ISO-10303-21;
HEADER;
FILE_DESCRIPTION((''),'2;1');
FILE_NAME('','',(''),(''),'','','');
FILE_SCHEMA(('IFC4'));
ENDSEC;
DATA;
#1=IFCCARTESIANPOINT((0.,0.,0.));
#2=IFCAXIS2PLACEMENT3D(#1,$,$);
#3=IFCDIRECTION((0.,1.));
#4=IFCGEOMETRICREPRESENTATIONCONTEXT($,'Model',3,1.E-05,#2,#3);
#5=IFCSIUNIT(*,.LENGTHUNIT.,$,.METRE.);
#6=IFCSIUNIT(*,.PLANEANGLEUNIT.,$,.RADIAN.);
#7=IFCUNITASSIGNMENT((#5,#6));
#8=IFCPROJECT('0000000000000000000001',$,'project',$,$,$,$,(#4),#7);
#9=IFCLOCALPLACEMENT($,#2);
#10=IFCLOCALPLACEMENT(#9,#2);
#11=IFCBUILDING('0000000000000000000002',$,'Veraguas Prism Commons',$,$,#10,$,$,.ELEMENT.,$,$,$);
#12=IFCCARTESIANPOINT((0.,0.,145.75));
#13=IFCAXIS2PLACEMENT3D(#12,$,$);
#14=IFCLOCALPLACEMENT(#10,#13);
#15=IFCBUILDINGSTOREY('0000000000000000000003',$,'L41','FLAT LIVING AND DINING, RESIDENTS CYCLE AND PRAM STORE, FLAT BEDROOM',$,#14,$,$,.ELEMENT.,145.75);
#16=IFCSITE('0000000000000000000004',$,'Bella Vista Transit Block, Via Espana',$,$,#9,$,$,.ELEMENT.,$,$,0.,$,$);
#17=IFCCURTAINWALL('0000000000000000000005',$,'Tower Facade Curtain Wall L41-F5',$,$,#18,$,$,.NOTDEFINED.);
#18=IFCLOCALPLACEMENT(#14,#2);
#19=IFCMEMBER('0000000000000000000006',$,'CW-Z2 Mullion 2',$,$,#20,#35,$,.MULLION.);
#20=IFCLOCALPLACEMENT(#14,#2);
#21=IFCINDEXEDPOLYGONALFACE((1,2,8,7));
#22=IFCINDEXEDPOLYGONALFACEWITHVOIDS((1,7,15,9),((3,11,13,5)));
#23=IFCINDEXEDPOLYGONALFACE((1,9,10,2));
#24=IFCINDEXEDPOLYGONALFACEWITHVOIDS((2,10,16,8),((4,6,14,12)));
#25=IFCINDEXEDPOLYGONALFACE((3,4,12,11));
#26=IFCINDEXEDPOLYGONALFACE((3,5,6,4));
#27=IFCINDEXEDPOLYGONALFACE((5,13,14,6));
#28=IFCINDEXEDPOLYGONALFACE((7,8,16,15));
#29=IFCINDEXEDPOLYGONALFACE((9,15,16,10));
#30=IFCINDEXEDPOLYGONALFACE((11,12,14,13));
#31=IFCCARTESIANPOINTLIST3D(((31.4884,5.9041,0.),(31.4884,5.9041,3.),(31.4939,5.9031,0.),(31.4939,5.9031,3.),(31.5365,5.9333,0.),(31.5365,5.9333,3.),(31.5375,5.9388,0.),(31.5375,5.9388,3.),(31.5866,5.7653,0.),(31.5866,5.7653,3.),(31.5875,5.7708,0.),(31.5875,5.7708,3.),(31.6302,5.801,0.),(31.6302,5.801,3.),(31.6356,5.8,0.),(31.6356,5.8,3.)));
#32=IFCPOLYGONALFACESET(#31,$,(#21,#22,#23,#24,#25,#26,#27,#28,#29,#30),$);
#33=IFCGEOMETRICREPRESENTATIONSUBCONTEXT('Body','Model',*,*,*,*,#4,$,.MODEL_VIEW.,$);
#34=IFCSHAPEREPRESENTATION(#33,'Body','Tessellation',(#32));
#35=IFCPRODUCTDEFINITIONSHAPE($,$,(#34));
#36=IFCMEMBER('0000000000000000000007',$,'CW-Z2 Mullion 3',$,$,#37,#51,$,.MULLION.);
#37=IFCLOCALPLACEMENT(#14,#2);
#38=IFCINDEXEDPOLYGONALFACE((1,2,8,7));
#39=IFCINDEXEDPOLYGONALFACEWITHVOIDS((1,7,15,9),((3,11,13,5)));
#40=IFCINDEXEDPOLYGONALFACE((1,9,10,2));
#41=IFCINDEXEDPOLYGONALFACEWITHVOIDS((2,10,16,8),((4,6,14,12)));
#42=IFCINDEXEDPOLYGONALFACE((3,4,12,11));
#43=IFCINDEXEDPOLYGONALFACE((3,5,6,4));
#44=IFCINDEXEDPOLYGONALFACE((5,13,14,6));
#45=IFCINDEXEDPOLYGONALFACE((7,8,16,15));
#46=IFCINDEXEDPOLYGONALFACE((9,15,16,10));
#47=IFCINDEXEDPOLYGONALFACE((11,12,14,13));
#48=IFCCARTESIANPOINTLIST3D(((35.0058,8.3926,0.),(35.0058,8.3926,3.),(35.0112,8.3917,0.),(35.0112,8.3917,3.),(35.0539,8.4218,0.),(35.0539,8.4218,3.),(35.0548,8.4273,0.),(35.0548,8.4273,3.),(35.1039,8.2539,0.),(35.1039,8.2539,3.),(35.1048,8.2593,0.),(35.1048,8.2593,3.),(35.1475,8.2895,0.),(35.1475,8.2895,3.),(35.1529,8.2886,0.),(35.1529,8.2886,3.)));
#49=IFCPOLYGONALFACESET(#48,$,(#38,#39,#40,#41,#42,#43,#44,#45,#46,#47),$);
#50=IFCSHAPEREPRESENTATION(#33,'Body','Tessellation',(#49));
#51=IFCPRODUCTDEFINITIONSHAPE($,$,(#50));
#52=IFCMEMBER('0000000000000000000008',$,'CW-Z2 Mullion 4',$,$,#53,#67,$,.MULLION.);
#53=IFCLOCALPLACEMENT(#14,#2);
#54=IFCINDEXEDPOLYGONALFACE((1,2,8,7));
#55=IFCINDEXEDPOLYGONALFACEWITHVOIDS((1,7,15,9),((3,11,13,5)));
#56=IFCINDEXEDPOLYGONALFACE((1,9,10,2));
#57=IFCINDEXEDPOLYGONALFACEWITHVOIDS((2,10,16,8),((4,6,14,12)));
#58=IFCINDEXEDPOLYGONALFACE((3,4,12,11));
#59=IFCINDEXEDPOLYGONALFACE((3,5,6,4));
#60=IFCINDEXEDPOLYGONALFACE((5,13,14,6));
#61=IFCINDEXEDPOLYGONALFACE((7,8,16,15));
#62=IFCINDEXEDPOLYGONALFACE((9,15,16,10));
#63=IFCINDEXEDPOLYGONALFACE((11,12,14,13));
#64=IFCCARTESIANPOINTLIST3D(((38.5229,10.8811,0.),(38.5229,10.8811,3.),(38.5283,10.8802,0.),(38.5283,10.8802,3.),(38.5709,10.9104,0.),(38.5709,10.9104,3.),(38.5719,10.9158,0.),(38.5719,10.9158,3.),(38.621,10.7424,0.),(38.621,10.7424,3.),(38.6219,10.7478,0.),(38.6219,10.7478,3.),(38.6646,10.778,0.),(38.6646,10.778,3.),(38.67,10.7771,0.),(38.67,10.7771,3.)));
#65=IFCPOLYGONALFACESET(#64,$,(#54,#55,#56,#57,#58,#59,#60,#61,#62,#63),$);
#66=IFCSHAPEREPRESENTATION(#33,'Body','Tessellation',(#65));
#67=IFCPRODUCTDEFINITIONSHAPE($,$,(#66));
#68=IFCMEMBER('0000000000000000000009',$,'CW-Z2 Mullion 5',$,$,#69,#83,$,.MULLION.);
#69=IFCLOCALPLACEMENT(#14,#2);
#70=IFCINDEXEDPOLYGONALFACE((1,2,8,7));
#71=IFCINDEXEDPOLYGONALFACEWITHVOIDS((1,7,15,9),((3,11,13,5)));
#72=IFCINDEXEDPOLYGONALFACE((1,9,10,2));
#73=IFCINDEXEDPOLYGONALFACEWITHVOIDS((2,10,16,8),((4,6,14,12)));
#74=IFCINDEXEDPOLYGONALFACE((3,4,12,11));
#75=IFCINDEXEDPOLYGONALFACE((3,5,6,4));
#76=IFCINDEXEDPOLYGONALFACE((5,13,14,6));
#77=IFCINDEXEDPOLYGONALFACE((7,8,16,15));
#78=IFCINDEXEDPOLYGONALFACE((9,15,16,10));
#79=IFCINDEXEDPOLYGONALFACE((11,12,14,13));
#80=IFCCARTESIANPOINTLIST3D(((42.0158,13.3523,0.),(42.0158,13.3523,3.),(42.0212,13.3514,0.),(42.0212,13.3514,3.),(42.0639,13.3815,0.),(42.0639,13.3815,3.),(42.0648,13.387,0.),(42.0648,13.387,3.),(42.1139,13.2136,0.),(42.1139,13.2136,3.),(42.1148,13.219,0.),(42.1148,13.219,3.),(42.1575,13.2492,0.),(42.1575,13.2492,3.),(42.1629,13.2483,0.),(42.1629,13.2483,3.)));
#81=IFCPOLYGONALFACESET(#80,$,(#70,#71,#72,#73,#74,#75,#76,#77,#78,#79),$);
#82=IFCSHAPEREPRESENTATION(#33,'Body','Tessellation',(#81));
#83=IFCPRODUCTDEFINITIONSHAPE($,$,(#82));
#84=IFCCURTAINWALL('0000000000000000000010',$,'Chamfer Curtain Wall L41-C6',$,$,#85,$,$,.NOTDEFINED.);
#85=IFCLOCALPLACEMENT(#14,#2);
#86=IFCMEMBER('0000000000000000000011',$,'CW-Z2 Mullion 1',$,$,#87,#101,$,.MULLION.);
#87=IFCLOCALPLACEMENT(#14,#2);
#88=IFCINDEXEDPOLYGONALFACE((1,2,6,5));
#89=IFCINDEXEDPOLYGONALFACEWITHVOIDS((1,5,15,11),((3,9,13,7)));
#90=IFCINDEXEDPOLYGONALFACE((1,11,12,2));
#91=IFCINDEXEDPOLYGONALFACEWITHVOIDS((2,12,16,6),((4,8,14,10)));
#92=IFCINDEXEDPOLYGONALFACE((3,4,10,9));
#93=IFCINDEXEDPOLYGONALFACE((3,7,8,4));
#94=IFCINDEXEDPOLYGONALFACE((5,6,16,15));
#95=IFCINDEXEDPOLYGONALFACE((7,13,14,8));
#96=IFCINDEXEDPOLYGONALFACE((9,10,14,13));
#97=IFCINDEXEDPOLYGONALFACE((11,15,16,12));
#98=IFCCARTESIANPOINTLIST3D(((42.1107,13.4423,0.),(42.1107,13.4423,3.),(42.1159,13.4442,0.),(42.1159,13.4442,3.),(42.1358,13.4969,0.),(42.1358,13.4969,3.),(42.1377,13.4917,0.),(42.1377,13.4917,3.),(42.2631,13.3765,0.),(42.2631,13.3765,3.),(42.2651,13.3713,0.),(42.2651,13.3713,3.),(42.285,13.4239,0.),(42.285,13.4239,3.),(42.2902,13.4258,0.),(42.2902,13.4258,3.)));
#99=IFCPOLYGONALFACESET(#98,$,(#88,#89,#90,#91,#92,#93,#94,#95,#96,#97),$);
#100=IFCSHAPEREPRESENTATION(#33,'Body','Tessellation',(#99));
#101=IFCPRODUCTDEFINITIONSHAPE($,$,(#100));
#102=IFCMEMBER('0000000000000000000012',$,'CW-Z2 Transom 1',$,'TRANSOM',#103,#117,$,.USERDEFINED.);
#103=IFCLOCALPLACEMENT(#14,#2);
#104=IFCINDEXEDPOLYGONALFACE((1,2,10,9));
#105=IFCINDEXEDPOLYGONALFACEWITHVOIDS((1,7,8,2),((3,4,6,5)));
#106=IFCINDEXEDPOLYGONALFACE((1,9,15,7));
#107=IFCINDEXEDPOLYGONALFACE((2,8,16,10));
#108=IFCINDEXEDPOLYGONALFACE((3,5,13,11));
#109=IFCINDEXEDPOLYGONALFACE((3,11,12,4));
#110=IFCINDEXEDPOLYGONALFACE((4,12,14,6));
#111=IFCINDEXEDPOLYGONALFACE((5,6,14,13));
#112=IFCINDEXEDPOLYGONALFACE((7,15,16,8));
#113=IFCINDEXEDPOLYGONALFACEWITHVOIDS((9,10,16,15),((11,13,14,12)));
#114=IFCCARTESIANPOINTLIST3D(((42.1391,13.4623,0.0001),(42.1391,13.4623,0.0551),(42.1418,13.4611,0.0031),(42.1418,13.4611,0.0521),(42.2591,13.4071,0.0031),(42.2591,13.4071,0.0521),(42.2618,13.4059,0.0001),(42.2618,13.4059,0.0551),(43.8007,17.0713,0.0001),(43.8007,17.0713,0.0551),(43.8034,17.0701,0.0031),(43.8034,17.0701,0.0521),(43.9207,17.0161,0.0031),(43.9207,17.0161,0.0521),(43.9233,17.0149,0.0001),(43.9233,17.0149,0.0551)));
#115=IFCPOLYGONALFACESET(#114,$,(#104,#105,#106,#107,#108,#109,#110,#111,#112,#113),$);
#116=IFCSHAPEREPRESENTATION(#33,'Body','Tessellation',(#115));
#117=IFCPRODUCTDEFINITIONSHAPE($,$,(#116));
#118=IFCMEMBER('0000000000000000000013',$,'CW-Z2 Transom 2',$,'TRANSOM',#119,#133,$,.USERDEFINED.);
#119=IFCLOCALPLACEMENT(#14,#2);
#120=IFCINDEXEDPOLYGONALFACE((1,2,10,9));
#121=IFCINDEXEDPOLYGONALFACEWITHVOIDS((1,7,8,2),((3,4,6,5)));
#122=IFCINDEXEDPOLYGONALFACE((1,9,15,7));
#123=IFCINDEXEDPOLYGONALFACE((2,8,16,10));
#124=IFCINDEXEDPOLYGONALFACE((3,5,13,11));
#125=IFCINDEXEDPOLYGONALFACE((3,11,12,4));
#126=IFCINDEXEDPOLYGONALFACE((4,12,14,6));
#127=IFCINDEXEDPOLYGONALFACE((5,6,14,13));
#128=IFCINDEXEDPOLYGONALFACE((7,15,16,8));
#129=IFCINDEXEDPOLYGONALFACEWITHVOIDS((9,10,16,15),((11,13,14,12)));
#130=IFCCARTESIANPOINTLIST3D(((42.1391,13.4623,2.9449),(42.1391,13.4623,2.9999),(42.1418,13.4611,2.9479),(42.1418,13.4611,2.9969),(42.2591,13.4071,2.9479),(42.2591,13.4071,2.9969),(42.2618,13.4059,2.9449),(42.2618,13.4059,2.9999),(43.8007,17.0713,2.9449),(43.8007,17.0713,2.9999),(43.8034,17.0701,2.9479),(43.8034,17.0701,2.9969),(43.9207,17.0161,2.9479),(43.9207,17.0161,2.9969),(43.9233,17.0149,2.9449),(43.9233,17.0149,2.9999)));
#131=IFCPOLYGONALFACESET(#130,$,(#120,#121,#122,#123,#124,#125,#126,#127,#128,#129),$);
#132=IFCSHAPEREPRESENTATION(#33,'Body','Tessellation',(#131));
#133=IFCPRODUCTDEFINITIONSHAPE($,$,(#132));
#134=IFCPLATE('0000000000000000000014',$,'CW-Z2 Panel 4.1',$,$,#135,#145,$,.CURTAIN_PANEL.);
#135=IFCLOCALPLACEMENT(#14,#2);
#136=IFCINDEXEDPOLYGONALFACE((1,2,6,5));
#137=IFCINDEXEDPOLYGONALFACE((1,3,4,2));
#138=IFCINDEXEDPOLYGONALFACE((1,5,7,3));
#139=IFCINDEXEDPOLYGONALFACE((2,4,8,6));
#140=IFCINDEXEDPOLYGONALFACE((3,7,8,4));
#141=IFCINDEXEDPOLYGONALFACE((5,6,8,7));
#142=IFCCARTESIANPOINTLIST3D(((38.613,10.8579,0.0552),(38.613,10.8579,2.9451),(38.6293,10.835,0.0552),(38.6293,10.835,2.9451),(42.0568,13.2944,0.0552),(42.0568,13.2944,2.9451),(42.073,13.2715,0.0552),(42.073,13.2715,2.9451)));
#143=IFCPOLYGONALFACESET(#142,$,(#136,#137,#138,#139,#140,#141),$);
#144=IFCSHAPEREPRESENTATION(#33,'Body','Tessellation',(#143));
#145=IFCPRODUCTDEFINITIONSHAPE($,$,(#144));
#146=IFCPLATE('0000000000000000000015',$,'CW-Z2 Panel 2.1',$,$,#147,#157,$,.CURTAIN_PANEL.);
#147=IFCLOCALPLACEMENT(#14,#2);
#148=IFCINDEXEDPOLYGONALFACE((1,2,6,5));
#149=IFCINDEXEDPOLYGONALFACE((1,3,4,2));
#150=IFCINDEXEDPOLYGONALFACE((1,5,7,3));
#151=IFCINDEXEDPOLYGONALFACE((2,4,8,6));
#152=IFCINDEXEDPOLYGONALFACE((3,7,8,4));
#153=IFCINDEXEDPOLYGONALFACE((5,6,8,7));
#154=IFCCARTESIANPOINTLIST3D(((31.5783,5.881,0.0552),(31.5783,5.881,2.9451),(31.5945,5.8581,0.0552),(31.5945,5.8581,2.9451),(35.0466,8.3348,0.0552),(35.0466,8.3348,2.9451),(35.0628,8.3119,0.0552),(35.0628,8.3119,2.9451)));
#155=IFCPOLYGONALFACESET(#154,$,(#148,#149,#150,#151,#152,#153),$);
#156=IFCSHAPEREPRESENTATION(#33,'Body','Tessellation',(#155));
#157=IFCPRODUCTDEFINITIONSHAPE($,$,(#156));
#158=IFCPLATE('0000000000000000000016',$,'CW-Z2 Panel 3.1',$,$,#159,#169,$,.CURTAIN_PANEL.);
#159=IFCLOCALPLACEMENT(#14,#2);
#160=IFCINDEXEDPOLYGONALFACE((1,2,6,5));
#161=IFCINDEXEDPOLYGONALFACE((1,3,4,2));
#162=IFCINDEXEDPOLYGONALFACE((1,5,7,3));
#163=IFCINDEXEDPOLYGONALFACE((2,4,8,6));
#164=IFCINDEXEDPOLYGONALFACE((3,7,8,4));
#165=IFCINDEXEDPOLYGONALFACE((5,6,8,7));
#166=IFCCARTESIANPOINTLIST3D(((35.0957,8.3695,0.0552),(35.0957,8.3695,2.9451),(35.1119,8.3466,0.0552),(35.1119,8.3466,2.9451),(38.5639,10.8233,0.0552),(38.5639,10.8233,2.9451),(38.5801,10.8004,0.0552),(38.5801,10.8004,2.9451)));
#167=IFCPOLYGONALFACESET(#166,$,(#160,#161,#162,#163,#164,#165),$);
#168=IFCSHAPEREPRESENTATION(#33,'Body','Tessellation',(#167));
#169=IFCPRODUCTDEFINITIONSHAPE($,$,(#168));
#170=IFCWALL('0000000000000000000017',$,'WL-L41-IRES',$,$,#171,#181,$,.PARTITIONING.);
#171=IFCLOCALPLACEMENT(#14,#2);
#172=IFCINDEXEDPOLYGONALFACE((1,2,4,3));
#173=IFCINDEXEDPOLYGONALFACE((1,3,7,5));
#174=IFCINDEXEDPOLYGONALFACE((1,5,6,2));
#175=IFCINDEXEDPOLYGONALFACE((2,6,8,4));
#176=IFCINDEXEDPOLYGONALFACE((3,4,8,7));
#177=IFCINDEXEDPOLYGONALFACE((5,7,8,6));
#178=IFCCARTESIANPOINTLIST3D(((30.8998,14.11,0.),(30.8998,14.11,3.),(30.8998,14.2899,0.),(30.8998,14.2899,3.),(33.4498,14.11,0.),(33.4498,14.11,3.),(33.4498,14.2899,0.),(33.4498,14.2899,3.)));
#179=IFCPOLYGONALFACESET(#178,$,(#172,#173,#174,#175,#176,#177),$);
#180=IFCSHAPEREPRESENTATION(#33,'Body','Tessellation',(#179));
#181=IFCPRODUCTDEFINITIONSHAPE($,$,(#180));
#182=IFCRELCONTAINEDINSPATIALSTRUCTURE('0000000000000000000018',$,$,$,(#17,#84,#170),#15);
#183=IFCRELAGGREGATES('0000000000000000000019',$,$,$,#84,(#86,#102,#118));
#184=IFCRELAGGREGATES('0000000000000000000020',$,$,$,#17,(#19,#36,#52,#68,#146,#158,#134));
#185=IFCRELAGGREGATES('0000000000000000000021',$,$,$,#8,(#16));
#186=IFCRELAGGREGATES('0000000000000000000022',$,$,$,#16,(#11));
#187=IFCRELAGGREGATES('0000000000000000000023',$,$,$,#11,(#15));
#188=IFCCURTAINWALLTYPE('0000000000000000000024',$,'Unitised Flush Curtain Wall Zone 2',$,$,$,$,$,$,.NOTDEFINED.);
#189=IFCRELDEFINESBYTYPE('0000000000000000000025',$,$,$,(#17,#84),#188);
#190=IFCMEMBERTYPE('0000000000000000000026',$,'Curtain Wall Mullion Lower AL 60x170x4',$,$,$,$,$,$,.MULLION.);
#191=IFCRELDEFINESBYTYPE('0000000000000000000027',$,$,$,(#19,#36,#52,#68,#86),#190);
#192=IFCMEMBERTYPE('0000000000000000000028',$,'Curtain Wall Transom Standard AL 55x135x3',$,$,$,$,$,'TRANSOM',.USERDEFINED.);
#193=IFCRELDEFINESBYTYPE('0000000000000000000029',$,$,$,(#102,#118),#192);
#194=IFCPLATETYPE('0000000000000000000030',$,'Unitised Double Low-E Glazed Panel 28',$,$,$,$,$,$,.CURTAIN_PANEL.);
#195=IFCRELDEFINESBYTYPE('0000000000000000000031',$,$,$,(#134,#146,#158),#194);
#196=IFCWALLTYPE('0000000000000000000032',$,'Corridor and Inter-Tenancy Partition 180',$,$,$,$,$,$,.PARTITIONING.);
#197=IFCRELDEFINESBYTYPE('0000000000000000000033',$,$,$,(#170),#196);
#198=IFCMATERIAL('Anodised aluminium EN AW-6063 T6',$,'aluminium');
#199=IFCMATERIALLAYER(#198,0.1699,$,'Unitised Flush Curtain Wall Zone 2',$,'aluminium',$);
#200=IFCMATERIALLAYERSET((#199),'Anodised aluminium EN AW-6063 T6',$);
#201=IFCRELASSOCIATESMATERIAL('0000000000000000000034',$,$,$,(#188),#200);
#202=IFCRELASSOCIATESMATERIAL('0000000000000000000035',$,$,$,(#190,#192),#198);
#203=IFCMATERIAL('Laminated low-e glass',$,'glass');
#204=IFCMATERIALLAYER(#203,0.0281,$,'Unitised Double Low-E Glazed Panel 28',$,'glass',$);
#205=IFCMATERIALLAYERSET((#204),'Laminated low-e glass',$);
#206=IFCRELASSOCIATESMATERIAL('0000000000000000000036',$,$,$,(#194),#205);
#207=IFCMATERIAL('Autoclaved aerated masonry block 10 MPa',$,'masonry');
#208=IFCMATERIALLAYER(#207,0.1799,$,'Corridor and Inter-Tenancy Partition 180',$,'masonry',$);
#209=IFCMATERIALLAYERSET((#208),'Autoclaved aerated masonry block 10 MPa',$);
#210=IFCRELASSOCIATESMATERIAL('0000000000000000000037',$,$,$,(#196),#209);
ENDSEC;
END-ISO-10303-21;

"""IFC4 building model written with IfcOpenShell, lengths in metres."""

from ifc_helpers import new_model, si_unit, direction, frame, frame_2d, origin, origin_2d, place, context, subcontext, project, spatial, rectangle, hollow_rectangle, extrude, source, transform, mapped, material, layer, layer_set, material_profile, profile_set, type_object, element, aggregate, save


model = new_model("IFC4")

# Units and contexts
model_context = context("Model", 3, precision=1e-05, world=origin(), true_north=direction((0.0, 1.0)))
body_context = subcontext(model_context, "Body", "Model", "MODEL_VIEW")
ifc_project = project(units=[si_unit("LENGTHUNIT", "METRE"), si_unit("PLANEANGLEUNIT", "RADIAN")], contexts=[model_context])

# Site, building, storey
site_placement = place(None, origin())
site = spatial("IfcSite", under=ifc_project, at=site_placement, Name="Bella Vista Transit Block, Via Espana", CompositionType="ELEMENT", RefElevation=0.0)
building_placement = place(site_placement, origin())
building = spatial("IfcBuilding", under=site, at=building_placement, Name="Veraguas Prism Commons", CompositionType="ELEMENT")
storey_placement = place(building_placement, frame((0.0, 0.0, 145.75)))
storey = spatial("IfcBuildingStorey", under=building, at=storey_placement, Name="L41", Description="FLAT LIVING AND DINING, RESIDENTS CYCLE AND PRAM STORE, FLAT BEDROOM", CompositionType="ELEMENT", Elevation=145.75)

# Curtain walls, members
ifc_material_1 = material(Name="Anodised aluminium EN AW-6063 T6", Category="aluminium")
ifc_layer_1 = layer(ifc_material_1, 0.1699, Name="Unitised Flush Curtain Wall Zone 2", Category="aluminium")
ifc_layer_set_1 = layer_set([ifc_layer_1], Name="Anodised aluminium EN AW-6063 T6")
curtain_wall_type = type_object("IfcCurtainWallType", Name="Unitised Flush Curtain Wall Zone 2", PredefinedType="NOTDEFINED", material=ifc_layer_set_1)
curtain_wall_1_placement = place(storey_placement, origin())
curtain_wall_1 = element("IfcCurtainWall", 1, at=curtain_wall_1_placement, inside=storey, type_object=curtain_wall_type, Name="Tower Facade Curtain Wall L41-F5", PredefinedType="NOTDEFINED")
ifc_material_profile_1 = material_profile(ifc_material_1, hollow_rectangle(XDim=0.0601, YDim=0.1699, WallThickness=0.0039, at=origin_2d()), Name="AL60X170X4")
ifc_profile_set_1 = profile_set([ifc_material_profile_1], Name="Anodised aluminium EN AW-6063 T6")
member_type_1 = type_object("IfcMemberType", Name="Curtain Wall Mullion Lower AL 60x170x4", PredefinedType="MULLION", material=ifc_profile_set_1)
shared_shape_1 = source(origin(), body_context, "Body", "SweptSolid", [
    extrude(hollow_rectangle(XDim=0.0601, YDim=0.1699, WallThickness=0.0039, at=origin_2d()), origin(), (0.0, 0.0, 1.0), 3.0),
])
member_1_placement = place(storey_placement, frame((31.562, 5.8521, 0.0), z_axis=(0.0, 0.0, 1.0), x_axis=(0.816342, 0.577568, 0.0)))
member_1 = element("IfcMember", 2, at=member_1_placement, type_object=member_type_1, Name="CW-Z2 Mullion 2", PredefinedType="MULLION", context=body_context, shape_type="MappedRepresentation", body=[
    mapped(shared_shape_1, transform((0.0, 0.0, 0.0), scale=1.0)),
])
member_2_placement = place(storey_placement, frame((35.0793, 8.3406, 0.0), z_axis=(0.0, 0.0, 1.0), x_axis=(0.816342, 0.577568, 0.0)))
member_2 = element("IfcMember", 3, at=member_2_placement, type_object=member_type_1, Name="CW-Z2 Mullion 3", PredefinedType="MULLION", context=body_context, shape_type="MappedRepresentation", body=[
    mapped(shared_shape_1, transform((0.0, 0.0, 0.0), scale=1.0)),
])
member_3_placement = place(storey_placement, frame((38.5964, 10.8291, 0.0), z_axis=(0.0, 0.0, 1.0), x_axis=(0.816342, 0.577568, 0.0)))
member_3 = element("IfcMember", 4, at=member_3_placement, type_object=member_type_1, Name="CW-Z2 Mullion 4", PredefinedType="MULLION", context=body_context, shape_type="MappedRepresentation", body=[
    mapped(shared_shape_1, transform((0.0, 0.0, 0.0), scale=1.0)),
])
member_4_placement = place(storey_placement, frame((42.0894, 13.3003, 0.0), z_axis=(0.0, 0.0, 1.0), x_axis=(0.816342, 0.577568, 0.0)))
member_4 = element("IfcMember", 5, at=member_4_placement, type_object=member_type_1, Name="CW-Z2 Mullion 5", PredefinedType="MULLION", context=body_context, shape_type="MappedRepresentation", body=[
    mapped(shared_shape_1, transform((0.0, 0.0, 0.0), scale=1.0)),
])
curtain_wall_2_placement = place(storey_placement, origin())
curtain_wall_2 = element("IfcCurtainWall", 6, at=curtain_wall_2_placement, inside=storey, type_object=curtain_wall_type, Name="Chamfer Curtain Wall L41-C6", PredefinedType="NOTDEFINED")
member_5_placement = place(storey_placement, frame((42.2004, 13.4341, 0.0), z_axis=(0.0, 0.0, 1.0), x_axis=(0.418181, 0.908364, 0.0)))
member_5 = element("IfcMember", 7, at=member_5_placement, type_object=member_type_1, Name="CW-Z2 Mullion 1", PredefinedType="MULLION", context=body_context, shape_type="MappedRepresentation", body=[
    mapped(shared_shape_1, transform((0.0, 0.0, 0.0), scale=1.0)),
])
ifc_material_profile_2 = material_profile(ifc_material_1, hollow_rectangle(XDim=0.0549, YDim=0.135, WallThickness=0.0029, at=origin_2d()), Name="AL55X135X3")
ifc_profile_set_2 = profile_set([ifc_material_profile_2], Name="Anodised aluminium EN AW-6063 T6")
member_type_2 = type_object("IfcMemberType", Name="Curtain Wall Transom Standard AL 55x135x3", ElementType="TRANSOM", PredefinedType="USERDEFINED", material=ifc_profile_set_2)
shared_shape_2 = source(origin(), body_context, "Body", "SweptSolid", [
    extrude(hollow_rectangle(XDim=0.0549, YDim=0.135, WallThickness=0.0029, at=origin_2d()), origin(), (0.0, 0.0, 1.0), 3.9731),
])
member_6_placement = place(storey_placement, frame((42.2004, 13.4341, 0.0276), z_axis=(0.418201, 0.908355, 0.0), x_axis=(0.0, 0.0, 1.0)))
member_6 = element("IfcMember", 8, at=member_6_placement, type_object=member_type_2, Name="CW-Z2 Transom 1", ObjectType="TRANSOM", PredefinedType="USERDEFINED", context=body_context, shape_type="MappedRepresentation", body=[
    mapped(shared_shape_2, transform((0.0, 0.0, 0.0), scale=1.0)),
])
member_7_placement = place(storey_placement, frame((42.2004, 13.4341, 2.9724), z_axis=(0.418201, 0.908355, 0.0), x_axis=(0.0, 0.0, 1.0)))
member_7 = element("IfcMember", 9, at=member_7_placement, type_object=member_type_2, Name="CW-Z2 Transom 2", ObjectType="TRANSOM", PredefinedType="USERDEFINED", context=body_context, shape_type="MappedRepresentation", body=[
    mapped(shared_shape_2, transform((0.0, 0.0, 0.0), scale=1.0)),
])
aggregate(curtain_wall_2, [member_5, member_6, member_7])

# Plates
ifc_material_2 = material(Name="Laminated low-e glass", Category="glass")
ifc_layer_2 = layer(ifc_material_2, 0.0281, Name="Unitised Double Low-E Glazed Panel 28", Category="glass")
ifc_layer_set_2 = layer_set([ifc_layer_2], Name="Laminated low-e glass")
plate_type = type_object("IfcPlateType", Name="Unitised Double Low-E Glazed Panel 28", PredefinedType="CURTAIN_PANEL", material=ifc_layer_set_2)
shared_shape_3 = source(origin(), body_context, "Body", "SweptSolid", [
    extrude(rectangle(XDim=4.2185, YDim=0.0281, at=origin_2d()), origin(), (0.0, 0.0, 1.0), 2.8899),
])
plate_1_placement = place(storey_placement, frame((40.343, 12.0647, 0.0552), z_axis=(0.0, 0.0, 1.0), x_axis=(0.816342, 0.577568, 0.0)))
plate_1 = element("IfcPlate", 10, at=plate_1_placement, type_object=plate_type, Name="CW-Z2 Panel 4.1", PredefinedType="CURTAIN_PANEL", context=body_context, shape_type="MappedRepresentation", body=[
    mapped(shared_shape_3, transform((0.0, 0.0, 0.0), scale=1.0)),
])
shared_shape_4 = source(origin(), body_context, "Body", "SweptSolid", [
    extrude(rectangle(XDim=4.2485, YDim=0.0281, at=origin_2d()), origin(), (0.0, 0.0, 1.0), 2.8899),
])
plate_2_placement = place(storey_placement, frame((33.3206, 7.0964, 0.0552), z_axis=(0.0, 0.0, 1.0), x_axis=(0.816342, 0.577568, 0.0)))
plate_2 = element("IfcPlate", 11, at=plate_2_placement, type_object=plate_type, Name="CW-Z2 Panel 2.1", PredefinedType="CURTAIN_PANEL", context=body_context, shape_type="MappedRepresentation", body=[
    mapped(shared_shape_4, transform((0.0, 0.0, 0.0), scale=1.0)),
])
plate_3_placement = place(storey_placement, frame((36.8379, 9.585, 0.0552), z_axis=(0.0, 0.0, 1.0), x_axis=(0.816342, 0.577568, 0.0)))
plate_3 = element("IfcPlate", 12, at=plate_3_placement, type_object=plate_type, Name="CW-Z2 Panel 3.1", PredefinedType="CURTAIN_PANEL", context=body_context, shape_type="MappedRepresentation", body=[
    mapped(shared_shape_4, transform((0.0, 0.0, 0.0), scale=1.0)),
])
aggregate(curtain_wall_1, [member_1, member_2, member_3, member_4, plate_2, plate_3, plate_1])

# Wall
ifc_material_3 = material(Name="Autoclaved aerated masonry block 10 MPa", Category="masonry")
ifc_layer_3 = layer(ifc_material_3, 0.1799, Name="Corridor and Inter-Tenancy Partition 180", Category="masonry")
ifc_layer_set_3 = layer_set([ifc_layer_3], Name="Autoclaved aerated masonry block 10 MPa")
wall_type_1 = type_object("IfcWallType", Name="Corridor and Inter-Tenancy Partition 180", PredefinedType="PARTITIONING", material=ifc_layer_set_3)
wall_1_placement = place(storey_placement, frame((30.8999, 14.2, 0.0), z_axis=(0.0, 0.0, 1.0), x_axis=(1.0, 0.0, 0.0)))
element("IfcWall", 13, at=wall_1_placement, inside=storey, type_object=wall_type_1, Name="WL-L41-IRES", PredefinedType="PARTITIONING", context=body_context, shape_type="SweptSolid", body=[
    extrude(rectangle(XDim=2.55, YDim=0.1799, at=frame_2d((1.2749, 0.0))), origin(), (0.0, 0.0, 1.0), 3.0),
])

save(model, "model.ifc")
